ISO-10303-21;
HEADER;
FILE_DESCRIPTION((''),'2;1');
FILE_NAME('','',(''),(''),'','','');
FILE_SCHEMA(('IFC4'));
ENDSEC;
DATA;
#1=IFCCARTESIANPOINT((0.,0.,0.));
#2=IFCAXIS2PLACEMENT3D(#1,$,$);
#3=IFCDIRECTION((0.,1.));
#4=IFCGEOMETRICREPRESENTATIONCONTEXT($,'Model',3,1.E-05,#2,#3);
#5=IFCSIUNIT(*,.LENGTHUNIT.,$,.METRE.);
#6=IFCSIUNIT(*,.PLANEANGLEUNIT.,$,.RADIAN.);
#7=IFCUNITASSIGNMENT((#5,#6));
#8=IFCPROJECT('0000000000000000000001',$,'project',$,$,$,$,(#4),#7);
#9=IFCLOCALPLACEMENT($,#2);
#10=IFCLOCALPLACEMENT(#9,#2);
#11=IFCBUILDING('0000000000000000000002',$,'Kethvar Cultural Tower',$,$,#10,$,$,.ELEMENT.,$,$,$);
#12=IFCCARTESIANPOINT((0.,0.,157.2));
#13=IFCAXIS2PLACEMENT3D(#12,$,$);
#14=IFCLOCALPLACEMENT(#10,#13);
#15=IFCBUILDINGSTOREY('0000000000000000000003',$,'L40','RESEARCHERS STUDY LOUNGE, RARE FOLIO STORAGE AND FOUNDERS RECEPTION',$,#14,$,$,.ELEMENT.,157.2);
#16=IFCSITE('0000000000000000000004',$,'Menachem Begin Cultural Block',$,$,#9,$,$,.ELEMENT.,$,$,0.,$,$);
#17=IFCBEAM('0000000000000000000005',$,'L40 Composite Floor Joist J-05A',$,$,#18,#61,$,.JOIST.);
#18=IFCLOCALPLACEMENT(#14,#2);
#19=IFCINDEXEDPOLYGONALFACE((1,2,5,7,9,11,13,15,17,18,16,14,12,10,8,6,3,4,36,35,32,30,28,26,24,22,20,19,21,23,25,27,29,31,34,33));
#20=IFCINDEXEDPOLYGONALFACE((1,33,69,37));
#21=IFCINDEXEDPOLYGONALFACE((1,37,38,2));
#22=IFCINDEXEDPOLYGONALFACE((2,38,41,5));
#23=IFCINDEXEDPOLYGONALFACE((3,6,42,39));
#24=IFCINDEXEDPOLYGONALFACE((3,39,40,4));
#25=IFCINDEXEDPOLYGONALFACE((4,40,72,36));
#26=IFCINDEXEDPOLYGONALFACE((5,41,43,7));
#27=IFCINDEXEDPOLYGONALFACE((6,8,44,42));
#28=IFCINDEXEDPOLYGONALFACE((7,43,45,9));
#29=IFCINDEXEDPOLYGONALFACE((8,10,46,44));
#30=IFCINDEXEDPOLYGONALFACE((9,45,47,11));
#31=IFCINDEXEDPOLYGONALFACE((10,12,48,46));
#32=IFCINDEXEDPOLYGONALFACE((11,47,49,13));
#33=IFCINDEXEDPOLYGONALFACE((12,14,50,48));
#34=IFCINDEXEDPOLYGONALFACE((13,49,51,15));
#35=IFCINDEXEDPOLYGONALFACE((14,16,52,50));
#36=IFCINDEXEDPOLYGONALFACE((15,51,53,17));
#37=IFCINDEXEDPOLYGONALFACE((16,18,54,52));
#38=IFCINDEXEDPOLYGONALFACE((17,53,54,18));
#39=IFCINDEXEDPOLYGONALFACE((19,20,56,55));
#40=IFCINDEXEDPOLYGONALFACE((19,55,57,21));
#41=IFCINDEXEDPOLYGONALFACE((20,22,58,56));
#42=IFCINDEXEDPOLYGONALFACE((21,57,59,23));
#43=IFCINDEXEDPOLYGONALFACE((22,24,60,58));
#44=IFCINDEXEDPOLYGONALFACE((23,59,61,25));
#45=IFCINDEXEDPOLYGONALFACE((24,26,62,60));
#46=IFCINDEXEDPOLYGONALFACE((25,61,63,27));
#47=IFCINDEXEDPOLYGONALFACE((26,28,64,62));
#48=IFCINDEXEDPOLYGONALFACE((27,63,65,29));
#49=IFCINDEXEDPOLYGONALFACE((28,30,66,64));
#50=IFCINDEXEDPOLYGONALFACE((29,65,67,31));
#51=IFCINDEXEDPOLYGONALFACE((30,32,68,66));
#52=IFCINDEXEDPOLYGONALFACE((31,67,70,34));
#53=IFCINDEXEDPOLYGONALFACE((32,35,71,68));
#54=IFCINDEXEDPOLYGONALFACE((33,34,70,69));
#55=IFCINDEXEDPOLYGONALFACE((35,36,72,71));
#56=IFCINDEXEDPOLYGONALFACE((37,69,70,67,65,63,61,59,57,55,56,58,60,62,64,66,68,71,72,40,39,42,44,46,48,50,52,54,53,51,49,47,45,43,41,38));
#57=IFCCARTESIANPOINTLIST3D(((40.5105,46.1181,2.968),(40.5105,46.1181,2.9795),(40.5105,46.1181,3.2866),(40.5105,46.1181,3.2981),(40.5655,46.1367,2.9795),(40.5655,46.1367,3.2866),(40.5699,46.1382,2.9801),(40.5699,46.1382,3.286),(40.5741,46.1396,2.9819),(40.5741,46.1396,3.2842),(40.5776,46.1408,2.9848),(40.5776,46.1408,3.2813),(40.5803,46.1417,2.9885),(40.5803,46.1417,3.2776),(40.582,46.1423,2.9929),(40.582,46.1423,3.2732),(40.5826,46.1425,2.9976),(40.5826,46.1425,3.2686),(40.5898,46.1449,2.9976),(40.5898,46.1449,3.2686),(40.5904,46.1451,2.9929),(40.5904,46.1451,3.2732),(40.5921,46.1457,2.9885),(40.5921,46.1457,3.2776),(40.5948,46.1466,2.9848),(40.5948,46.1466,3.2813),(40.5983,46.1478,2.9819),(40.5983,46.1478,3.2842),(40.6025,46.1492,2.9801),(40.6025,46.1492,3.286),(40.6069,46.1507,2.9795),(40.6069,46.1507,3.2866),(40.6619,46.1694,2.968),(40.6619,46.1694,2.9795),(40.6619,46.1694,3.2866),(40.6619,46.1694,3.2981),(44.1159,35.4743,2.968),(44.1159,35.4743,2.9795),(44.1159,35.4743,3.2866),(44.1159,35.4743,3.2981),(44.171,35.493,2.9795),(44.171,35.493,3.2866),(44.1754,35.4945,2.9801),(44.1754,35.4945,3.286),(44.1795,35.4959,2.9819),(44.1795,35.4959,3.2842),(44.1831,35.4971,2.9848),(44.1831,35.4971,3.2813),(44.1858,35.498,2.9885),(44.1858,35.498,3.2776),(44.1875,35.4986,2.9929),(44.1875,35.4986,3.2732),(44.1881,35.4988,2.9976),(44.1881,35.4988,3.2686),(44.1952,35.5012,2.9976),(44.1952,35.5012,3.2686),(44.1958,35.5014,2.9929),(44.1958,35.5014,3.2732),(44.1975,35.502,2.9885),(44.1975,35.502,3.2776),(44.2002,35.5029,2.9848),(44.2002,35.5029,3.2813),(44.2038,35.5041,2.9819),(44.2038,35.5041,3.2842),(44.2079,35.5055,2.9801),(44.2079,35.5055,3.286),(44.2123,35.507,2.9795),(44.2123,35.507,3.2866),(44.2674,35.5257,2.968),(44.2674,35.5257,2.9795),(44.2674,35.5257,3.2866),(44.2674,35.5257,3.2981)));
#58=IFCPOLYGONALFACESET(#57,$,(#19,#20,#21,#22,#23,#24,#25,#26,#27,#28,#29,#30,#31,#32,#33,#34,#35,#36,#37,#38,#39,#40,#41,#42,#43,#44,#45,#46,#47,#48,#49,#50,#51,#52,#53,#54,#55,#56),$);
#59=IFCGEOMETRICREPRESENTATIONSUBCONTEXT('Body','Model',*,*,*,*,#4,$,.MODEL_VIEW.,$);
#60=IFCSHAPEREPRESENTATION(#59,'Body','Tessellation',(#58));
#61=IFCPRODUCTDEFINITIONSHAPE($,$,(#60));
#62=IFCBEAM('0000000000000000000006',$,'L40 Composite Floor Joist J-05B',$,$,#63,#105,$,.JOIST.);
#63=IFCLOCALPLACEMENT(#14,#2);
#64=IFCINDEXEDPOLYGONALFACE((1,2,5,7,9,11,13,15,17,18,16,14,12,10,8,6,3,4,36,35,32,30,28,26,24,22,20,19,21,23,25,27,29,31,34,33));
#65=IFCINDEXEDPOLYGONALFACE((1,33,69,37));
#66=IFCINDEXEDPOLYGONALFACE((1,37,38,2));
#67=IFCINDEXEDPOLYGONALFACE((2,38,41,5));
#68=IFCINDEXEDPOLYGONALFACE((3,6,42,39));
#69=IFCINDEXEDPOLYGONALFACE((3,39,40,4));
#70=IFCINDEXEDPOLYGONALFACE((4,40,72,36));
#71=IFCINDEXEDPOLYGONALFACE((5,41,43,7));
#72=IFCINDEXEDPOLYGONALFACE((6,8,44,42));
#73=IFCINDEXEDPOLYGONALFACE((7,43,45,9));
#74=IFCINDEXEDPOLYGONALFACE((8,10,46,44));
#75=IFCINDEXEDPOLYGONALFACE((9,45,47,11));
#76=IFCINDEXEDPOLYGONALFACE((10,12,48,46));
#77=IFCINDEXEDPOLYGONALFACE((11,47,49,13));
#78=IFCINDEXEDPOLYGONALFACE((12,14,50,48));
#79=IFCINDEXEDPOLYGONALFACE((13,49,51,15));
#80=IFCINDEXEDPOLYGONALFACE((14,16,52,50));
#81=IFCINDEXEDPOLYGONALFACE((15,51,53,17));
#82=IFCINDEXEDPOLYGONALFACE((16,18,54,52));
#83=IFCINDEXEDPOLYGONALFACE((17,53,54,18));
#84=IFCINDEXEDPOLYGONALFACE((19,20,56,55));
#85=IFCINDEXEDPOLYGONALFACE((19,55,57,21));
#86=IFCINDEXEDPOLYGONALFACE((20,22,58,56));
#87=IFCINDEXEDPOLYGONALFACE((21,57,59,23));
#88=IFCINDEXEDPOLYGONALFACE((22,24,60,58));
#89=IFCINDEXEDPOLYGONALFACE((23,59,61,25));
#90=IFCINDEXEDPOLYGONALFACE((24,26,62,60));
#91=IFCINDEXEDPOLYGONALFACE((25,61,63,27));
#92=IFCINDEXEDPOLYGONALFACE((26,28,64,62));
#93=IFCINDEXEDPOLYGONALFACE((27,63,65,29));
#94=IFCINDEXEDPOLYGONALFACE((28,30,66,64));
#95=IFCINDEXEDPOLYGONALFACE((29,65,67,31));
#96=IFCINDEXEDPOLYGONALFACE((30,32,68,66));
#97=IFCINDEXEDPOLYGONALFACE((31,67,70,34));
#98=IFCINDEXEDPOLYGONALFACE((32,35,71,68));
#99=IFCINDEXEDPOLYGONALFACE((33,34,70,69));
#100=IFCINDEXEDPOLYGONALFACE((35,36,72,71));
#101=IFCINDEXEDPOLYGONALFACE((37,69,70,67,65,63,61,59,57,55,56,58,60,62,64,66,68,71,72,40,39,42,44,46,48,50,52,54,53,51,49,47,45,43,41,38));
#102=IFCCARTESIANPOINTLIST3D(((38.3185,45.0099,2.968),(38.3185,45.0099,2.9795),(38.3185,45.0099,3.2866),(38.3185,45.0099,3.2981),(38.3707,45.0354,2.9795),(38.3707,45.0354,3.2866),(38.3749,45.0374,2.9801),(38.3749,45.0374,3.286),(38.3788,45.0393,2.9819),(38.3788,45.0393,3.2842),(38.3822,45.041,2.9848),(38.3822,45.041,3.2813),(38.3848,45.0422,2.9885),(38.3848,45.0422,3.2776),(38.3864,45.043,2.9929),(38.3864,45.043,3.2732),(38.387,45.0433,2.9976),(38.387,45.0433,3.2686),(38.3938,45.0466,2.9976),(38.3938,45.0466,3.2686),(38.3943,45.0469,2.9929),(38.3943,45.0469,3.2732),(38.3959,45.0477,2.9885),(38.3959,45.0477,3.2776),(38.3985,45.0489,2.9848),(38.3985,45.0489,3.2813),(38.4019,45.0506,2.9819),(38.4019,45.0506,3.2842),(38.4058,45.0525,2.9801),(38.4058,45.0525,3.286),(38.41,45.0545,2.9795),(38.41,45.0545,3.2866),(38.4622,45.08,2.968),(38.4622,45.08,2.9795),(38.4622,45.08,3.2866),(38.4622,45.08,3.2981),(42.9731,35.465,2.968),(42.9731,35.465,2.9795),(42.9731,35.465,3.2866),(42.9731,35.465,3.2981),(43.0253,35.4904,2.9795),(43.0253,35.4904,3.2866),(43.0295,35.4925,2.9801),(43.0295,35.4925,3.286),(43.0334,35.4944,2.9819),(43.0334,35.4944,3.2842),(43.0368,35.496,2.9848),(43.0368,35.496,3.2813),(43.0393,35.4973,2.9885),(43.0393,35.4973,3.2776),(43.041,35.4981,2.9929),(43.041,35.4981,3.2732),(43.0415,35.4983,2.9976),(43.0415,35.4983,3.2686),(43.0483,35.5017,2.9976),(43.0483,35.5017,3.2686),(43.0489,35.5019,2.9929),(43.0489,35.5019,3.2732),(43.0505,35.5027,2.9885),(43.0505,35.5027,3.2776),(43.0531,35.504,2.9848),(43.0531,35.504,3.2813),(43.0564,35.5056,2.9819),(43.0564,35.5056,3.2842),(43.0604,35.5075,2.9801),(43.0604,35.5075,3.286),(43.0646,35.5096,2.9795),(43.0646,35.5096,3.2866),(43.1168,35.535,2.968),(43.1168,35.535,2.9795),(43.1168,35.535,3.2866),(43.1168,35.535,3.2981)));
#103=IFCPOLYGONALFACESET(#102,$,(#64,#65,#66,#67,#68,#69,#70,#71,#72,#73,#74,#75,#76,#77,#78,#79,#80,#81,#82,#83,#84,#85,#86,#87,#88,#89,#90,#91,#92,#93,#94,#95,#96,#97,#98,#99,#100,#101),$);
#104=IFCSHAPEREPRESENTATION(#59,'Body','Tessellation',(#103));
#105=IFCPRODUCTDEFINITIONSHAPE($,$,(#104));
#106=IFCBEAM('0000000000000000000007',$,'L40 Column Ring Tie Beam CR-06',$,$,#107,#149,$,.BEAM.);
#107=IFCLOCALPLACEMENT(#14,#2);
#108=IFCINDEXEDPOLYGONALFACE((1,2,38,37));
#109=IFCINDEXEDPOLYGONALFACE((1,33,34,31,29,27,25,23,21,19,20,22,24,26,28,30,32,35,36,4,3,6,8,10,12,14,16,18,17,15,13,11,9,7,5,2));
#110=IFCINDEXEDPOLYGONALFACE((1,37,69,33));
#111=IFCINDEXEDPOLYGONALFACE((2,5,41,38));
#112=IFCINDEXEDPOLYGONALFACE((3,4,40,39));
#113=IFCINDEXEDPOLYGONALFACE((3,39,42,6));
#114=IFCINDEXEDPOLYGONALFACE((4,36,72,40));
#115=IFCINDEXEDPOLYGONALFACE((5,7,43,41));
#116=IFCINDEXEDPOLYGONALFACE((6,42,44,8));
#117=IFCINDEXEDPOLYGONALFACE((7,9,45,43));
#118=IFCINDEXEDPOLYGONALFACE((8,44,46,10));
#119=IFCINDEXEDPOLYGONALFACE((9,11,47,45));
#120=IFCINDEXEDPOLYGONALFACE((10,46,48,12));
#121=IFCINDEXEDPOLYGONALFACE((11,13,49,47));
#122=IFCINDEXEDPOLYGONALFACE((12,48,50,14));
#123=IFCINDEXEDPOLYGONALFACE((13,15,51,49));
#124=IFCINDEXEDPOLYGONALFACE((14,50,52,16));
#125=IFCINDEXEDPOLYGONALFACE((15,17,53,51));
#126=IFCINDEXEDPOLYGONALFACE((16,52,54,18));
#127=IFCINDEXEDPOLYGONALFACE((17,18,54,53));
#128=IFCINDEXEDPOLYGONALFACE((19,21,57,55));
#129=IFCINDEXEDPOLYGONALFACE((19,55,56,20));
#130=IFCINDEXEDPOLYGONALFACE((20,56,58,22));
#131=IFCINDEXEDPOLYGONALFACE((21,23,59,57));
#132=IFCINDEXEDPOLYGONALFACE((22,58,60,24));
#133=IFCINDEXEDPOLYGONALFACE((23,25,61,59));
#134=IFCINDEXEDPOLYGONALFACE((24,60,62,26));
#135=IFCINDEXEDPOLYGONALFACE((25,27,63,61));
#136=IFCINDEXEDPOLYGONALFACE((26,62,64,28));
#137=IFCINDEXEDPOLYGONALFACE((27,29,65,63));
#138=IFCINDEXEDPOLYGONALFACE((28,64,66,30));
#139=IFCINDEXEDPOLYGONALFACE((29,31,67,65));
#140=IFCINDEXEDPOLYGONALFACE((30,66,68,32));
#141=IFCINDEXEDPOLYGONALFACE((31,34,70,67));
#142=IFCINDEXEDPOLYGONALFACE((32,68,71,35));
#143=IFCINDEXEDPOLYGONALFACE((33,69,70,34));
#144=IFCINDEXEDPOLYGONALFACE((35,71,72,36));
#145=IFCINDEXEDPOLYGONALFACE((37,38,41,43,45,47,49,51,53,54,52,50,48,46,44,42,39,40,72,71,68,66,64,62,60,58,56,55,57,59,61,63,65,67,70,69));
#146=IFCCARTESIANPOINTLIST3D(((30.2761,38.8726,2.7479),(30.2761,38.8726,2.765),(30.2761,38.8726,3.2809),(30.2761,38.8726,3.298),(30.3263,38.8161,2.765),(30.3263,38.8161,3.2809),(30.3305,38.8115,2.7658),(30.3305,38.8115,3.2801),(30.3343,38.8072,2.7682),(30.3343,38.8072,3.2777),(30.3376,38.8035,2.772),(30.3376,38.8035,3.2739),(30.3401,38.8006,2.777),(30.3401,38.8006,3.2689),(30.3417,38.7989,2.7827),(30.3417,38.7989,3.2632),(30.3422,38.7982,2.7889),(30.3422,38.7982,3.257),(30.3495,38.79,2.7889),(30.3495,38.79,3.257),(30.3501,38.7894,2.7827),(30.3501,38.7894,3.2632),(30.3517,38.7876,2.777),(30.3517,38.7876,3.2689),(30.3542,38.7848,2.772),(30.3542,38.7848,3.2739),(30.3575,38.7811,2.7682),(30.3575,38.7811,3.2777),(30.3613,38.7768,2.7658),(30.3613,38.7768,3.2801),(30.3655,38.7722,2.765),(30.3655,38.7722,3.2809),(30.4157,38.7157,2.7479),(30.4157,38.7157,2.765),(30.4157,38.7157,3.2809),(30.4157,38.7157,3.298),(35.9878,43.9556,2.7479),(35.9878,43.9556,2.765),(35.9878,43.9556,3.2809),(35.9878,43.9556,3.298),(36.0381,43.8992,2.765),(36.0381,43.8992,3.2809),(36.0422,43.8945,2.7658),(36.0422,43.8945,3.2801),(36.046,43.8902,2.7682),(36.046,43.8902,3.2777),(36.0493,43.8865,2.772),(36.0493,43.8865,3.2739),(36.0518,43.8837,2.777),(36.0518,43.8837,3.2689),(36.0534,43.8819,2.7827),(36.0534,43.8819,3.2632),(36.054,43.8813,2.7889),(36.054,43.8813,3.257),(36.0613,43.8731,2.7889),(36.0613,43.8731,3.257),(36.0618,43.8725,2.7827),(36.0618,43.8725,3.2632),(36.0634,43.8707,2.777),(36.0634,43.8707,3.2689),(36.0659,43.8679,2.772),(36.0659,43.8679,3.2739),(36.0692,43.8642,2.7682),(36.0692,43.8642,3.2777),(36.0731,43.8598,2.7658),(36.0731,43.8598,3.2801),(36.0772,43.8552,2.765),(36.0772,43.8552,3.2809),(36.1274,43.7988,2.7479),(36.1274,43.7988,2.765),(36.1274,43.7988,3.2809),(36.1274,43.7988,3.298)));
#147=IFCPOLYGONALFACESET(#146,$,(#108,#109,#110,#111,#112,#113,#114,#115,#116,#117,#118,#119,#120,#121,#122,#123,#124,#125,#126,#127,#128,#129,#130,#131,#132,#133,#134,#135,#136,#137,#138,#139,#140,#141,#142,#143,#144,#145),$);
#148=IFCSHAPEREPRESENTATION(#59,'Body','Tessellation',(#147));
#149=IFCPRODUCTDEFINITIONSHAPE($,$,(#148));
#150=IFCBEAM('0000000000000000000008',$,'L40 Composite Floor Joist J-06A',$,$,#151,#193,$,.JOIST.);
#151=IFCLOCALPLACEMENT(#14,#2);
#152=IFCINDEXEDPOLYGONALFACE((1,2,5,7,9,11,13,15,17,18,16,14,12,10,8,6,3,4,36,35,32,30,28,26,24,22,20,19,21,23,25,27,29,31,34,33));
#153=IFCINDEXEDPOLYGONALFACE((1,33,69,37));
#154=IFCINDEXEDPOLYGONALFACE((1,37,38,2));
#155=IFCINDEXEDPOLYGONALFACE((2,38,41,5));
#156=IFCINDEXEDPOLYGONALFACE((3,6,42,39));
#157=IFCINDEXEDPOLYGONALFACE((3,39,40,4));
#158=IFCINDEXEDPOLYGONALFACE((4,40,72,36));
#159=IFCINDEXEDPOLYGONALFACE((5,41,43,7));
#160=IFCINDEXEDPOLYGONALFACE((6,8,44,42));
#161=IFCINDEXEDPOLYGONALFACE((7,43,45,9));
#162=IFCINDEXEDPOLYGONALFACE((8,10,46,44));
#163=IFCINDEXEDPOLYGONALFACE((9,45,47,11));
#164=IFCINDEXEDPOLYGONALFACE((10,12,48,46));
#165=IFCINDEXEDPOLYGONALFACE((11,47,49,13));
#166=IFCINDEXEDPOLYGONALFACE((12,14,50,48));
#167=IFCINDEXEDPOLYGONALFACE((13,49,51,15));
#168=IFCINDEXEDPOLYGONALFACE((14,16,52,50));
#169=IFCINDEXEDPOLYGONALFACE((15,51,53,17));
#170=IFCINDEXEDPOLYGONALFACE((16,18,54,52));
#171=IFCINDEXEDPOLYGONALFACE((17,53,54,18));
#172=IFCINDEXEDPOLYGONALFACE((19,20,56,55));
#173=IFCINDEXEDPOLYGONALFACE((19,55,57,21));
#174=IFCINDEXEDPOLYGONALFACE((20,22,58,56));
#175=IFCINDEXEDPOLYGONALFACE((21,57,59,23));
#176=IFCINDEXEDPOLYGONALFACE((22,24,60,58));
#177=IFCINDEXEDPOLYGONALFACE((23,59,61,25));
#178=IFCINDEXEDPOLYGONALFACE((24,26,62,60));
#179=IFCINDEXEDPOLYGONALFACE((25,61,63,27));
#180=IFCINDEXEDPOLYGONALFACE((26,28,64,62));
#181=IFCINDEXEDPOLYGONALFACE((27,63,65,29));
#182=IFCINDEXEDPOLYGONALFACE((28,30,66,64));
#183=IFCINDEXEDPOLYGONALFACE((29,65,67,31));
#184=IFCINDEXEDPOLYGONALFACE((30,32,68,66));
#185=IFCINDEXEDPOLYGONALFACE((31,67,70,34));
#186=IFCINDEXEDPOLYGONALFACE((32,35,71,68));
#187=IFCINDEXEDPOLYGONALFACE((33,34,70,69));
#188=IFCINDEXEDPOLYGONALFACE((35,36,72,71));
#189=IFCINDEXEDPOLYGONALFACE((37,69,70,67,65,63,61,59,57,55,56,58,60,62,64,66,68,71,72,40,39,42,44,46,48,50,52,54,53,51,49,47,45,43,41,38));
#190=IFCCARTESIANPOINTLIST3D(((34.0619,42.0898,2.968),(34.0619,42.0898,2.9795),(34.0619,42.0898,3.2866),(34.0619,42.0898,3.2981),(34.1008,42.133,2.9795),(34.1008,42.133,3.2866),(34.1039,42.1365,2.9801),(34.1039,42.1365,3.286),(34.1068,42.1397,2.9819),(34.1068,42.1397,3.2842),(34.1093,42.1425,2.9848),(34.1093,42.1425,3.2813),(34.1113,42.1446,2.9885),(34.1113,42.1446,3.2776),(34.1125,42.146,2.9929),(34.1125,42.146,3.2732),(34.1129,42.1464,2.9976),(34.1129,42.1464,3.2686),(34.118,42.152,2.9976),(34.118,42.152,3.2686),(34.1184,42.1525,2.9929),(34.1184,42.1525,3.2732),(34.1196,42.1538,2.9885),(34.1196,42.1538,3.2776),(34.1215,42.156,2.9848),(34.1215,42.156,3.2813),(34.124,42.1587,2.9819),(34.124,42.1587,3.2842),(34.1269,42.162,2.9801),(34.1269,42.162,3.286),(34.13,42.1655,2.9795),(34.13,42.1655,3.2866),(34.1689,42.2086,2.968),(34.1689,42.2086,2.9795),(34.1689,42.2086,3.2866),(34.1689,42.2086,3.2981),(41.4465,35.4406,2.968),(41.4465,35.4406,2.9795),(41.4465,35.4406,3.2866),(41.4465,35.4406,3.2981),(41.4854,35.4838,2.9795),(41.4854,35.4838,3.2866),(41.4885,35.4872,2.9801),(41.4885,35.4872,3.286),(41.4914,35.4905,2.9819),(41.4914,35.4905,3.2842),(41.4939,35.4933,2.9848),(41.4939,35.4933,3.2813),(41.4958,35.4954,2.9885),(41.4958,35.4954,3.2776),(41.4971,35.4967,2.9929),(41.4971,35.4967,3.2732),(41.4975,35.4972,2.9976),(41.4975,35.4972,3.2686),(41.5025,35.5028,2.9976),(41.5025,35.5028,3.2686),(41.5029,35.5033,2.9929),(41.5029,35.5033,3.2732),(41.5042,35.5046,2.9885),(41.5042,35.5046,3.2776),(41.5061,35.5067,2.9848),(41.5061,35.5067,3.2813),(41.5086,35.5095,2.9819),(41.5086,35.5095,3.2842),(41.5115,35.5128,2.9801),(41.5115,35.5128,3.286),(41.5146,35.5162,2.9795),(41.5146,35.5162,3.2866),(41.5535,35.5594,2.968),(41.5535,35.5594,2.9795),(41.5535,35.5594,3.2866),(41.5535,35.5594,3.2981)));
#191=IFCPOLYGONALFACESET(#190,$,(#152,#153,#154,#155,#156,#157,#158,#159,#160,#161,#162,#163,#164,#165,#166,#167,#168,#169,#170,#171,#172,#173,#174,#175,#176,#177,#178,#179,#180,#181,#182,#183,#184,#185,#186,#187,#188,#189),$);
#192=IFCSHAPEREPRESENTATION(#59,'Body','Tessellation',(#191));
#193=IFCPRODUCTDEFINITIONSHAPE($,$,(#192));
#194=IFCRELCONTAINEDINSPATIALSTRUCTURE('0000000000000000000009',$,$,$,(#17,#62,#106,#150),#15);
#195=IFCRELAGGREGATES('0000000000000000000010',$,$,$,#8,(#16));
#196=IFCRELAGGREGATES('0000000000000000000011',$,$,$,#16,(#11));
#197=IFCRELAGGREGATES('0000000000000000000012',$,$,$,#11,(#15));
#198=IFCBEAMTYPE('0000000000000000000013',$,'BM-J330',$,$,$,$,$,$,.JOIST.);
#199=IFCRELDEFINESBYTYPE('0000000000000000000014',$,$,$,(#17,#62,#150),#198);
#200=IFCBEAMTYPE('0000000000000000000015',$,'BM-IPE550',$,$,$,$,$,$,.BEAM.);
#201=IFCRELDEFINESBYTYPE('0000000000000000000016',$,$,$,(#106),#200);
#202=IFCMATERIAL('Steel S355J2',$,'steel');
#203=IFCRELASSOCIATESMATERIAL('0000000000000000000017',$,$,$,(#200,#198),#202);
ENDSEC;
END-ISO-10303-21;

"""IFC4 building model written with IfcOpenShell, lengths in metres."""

from ifc_helpers import new_model, si_unit, direction, frame, origin, origin_2d, place, context, subcontext, project, spatial, i_section, extrude, source, transform, mapped, material, material_profile, profile_set, type_object, element, save


model = new_model("IFC4")

# Units and contexts
model_context = context("Model", 3, precision=1e-05, world=origin(), true_north=direction((0.0, 1.0)))
body_context = subcontext(model_context, "Body", "Model", "MODEL_VIEW")
ifc_project = project(units=[si_unit("LENGTHUNIT", "METRE"), si_unit("PLANEANGLEUNIT", "RADIAN")], contexts=[model_context])

# Site, building, storey
site_placement = place(None, origin())
site = spatial("IfcSite", under=ifc_project, at=site_placement, Name="Menachem Begin Cultural Block", CompositionType="ELEMENT", RefElevation=0.0)
building_placement = place(site_placement, origin())
building = spatial("IfcBuilding", under=site, at=building_placement, Name="Kethvar Cultural Tower", CompositionType="ELEMENT")
storey_placement = place(building_placement, frame((0.0, 0.0, 157.2)))
storey = spatial("IfcBuildingStorey", under=building, at=storey_placement, Name="L40", Description="RESEARCHERS STUDY LOUNGE, RARE FOLIO STORAGE AND FOUNDERS RECEPTION", CompositionType="ELEMENT", Elevation=157.2)

# Beams
ifc_material_1 = material(Name="Steel S355J2", Category="steel")
ifc_material_profile_1 = material_profile(ifc_material_1, i_section(OverallWidth=0.21, OverallDepth=0.55, WebThickness=0.011, FlangeThickness=0.0171, FilletRadius=0.0239, at=origin_2d()), Name="Steel S355J2 — IPE550")
ifc_profile_set_1 = profile_set([ifc_material_profile_1], Name="Steel S355J2 — IPE550")
beam_type_1 = type_object("IfcBeamType", Name="BM-IPE550", PredefinedType="BEAM", material=ifc_profile_set_1)
ifc_material_profile_2 = material_profile(ifc_material_1, i_section(OverallWidth=0.1599, OverallDepth=0.3301, WebThickness=0.0076, FlangeThickness=0.0115, FilletRadius=0.0181, at=origin_2d()), Name="Steel S355J2 — IPE330")
ifc_profile_set_2 = profile_set([ifc_material_profile_2], Name="Steel S355J2 — IPE330")
beam_type_2 = type_object("IfcBeamType", Name="BM-J330", PredefinedType="JOIST", material=ifc_profile_set_2)
shared_shape_1 = source(origin(), body_context, "Body", "SweptSolid", [
    extrude(i_section(OverallWidth=0.1599, OverallDepth=0.3301, WebThickness=0.0076, FlangeThickness=0.0115, FilletRadius=0.0181, at=origin_2d()), origin(), (0.0, 0.0, 1.0), 11.2378),
])
beam_1_placement = place(storey_placement, frame((44.1917, 35.5, 3.1331), z_axis=(-0.320832, 0.947136, 0.0), x_axis=(-0.947136, -0.320832, 0.0)))
element("IfcBeam", 1, at=beam_1_placement, inside=storey, type_object=beam_type_2, Name="L40 Composite Floor Joist J-05A", PredefinedType="JOIST", context=body_context, shape_type="MappedRepresentation", body=[
    mapped(shared_shape_1, transform((0.0, 0.0, 0.0), scale=1.0)),
])
shared_shape_2 = source(origin(), body_context, "Body", "SweptSolid", [
    extrude(i_section(OverallWidth=0.1599, OverallDepth=0.3301, WebThickness=0.0076, FlangeThickness=0.0115, FilletRadius=0.0181, at=origin_2d()), origin(), (0.0, 0.0, 1.0), 10.6194),
])
beam_2_placement = place(storey_placement, frame((43.0449, 35.5, 3.1331), z_axis=(-0.438308, 0.898825, 0.0), x_axis=(-0.898825, -0.438308, 0.0)))
element("IfcBeam", 2, at=beam_2_placement, inside=storey, type_object=beam_type_2, Name="L40 Composite Floor Joist J-05B", PredefinedType="JOIST", context=body_context, shape_type="MappedRepresentation", body=[
    mapped(shared_shape_2, transform((0.0, 0.0, 0.0), scale=1.0)),
])
shared_shape_3 = source(origin(), body_context, "Body", "SweptSolid", [
    extrude(i_section(OverallWidth=0.21, OverallDepth=0.55, WebThickness=0.011, FlangeThickness=0.0171, FilletRadius=0.0239, at=origin_2d()), origin(), (0.0, 0.0, 1.0), 7.646),
])
beam_3_placement = place(storey_placement, frame((36.0576, 43.8772, 3.0229), z_axis=(-0.747022, -0.6648, 0.0), x_axis=(0.6648, -0.747022, 0.0)))
element("IfcBeam", 3, at=beam_3_placement, inside=storey, type_object=beam_type_1, Name="L40 Column Ring Tie Beam CR-06", PredefinedType="BEAM", context=body_context, shape_type="MappedRepresentation", body=[
    mapped(shared_shape_3, transform((0.0, 0.0, 0.0), scale=1.0)),
])
shared_shape_4 = source(origin(), body_context, "Body", "SweptSolid", [
    extrude(i_section(OverallWidth=0.1599, OverallDepth=0.3301, WebThickness=0.0076, FlangeThickness=0.0115, FilletRadius=0.0181, at=origin_2d()), origin(), (0.0, 0.0, 1.0), 9.937),
])
beam_4_placement = place(storey_placement, frame((41.5, 35.5, 3.1331), z_axis=(-0.743139, 0.669137, 0.0), x_axis=(-0.669137, -0.743139, 0.0)))
element("IfcBeam", 4, at=beam_4_placement, inside=storey, type_object=beam_type_2, Name="L40 Composite Floor Joist J-06A", PredefinedType="JOIST", context=body_context, shape_type="MappedRepresentation", body=[
    mapped(shared_shape_4, transform((0.0, 0.0, 0.0), scale=1.0)),
])

save(model, "model.ifc")
